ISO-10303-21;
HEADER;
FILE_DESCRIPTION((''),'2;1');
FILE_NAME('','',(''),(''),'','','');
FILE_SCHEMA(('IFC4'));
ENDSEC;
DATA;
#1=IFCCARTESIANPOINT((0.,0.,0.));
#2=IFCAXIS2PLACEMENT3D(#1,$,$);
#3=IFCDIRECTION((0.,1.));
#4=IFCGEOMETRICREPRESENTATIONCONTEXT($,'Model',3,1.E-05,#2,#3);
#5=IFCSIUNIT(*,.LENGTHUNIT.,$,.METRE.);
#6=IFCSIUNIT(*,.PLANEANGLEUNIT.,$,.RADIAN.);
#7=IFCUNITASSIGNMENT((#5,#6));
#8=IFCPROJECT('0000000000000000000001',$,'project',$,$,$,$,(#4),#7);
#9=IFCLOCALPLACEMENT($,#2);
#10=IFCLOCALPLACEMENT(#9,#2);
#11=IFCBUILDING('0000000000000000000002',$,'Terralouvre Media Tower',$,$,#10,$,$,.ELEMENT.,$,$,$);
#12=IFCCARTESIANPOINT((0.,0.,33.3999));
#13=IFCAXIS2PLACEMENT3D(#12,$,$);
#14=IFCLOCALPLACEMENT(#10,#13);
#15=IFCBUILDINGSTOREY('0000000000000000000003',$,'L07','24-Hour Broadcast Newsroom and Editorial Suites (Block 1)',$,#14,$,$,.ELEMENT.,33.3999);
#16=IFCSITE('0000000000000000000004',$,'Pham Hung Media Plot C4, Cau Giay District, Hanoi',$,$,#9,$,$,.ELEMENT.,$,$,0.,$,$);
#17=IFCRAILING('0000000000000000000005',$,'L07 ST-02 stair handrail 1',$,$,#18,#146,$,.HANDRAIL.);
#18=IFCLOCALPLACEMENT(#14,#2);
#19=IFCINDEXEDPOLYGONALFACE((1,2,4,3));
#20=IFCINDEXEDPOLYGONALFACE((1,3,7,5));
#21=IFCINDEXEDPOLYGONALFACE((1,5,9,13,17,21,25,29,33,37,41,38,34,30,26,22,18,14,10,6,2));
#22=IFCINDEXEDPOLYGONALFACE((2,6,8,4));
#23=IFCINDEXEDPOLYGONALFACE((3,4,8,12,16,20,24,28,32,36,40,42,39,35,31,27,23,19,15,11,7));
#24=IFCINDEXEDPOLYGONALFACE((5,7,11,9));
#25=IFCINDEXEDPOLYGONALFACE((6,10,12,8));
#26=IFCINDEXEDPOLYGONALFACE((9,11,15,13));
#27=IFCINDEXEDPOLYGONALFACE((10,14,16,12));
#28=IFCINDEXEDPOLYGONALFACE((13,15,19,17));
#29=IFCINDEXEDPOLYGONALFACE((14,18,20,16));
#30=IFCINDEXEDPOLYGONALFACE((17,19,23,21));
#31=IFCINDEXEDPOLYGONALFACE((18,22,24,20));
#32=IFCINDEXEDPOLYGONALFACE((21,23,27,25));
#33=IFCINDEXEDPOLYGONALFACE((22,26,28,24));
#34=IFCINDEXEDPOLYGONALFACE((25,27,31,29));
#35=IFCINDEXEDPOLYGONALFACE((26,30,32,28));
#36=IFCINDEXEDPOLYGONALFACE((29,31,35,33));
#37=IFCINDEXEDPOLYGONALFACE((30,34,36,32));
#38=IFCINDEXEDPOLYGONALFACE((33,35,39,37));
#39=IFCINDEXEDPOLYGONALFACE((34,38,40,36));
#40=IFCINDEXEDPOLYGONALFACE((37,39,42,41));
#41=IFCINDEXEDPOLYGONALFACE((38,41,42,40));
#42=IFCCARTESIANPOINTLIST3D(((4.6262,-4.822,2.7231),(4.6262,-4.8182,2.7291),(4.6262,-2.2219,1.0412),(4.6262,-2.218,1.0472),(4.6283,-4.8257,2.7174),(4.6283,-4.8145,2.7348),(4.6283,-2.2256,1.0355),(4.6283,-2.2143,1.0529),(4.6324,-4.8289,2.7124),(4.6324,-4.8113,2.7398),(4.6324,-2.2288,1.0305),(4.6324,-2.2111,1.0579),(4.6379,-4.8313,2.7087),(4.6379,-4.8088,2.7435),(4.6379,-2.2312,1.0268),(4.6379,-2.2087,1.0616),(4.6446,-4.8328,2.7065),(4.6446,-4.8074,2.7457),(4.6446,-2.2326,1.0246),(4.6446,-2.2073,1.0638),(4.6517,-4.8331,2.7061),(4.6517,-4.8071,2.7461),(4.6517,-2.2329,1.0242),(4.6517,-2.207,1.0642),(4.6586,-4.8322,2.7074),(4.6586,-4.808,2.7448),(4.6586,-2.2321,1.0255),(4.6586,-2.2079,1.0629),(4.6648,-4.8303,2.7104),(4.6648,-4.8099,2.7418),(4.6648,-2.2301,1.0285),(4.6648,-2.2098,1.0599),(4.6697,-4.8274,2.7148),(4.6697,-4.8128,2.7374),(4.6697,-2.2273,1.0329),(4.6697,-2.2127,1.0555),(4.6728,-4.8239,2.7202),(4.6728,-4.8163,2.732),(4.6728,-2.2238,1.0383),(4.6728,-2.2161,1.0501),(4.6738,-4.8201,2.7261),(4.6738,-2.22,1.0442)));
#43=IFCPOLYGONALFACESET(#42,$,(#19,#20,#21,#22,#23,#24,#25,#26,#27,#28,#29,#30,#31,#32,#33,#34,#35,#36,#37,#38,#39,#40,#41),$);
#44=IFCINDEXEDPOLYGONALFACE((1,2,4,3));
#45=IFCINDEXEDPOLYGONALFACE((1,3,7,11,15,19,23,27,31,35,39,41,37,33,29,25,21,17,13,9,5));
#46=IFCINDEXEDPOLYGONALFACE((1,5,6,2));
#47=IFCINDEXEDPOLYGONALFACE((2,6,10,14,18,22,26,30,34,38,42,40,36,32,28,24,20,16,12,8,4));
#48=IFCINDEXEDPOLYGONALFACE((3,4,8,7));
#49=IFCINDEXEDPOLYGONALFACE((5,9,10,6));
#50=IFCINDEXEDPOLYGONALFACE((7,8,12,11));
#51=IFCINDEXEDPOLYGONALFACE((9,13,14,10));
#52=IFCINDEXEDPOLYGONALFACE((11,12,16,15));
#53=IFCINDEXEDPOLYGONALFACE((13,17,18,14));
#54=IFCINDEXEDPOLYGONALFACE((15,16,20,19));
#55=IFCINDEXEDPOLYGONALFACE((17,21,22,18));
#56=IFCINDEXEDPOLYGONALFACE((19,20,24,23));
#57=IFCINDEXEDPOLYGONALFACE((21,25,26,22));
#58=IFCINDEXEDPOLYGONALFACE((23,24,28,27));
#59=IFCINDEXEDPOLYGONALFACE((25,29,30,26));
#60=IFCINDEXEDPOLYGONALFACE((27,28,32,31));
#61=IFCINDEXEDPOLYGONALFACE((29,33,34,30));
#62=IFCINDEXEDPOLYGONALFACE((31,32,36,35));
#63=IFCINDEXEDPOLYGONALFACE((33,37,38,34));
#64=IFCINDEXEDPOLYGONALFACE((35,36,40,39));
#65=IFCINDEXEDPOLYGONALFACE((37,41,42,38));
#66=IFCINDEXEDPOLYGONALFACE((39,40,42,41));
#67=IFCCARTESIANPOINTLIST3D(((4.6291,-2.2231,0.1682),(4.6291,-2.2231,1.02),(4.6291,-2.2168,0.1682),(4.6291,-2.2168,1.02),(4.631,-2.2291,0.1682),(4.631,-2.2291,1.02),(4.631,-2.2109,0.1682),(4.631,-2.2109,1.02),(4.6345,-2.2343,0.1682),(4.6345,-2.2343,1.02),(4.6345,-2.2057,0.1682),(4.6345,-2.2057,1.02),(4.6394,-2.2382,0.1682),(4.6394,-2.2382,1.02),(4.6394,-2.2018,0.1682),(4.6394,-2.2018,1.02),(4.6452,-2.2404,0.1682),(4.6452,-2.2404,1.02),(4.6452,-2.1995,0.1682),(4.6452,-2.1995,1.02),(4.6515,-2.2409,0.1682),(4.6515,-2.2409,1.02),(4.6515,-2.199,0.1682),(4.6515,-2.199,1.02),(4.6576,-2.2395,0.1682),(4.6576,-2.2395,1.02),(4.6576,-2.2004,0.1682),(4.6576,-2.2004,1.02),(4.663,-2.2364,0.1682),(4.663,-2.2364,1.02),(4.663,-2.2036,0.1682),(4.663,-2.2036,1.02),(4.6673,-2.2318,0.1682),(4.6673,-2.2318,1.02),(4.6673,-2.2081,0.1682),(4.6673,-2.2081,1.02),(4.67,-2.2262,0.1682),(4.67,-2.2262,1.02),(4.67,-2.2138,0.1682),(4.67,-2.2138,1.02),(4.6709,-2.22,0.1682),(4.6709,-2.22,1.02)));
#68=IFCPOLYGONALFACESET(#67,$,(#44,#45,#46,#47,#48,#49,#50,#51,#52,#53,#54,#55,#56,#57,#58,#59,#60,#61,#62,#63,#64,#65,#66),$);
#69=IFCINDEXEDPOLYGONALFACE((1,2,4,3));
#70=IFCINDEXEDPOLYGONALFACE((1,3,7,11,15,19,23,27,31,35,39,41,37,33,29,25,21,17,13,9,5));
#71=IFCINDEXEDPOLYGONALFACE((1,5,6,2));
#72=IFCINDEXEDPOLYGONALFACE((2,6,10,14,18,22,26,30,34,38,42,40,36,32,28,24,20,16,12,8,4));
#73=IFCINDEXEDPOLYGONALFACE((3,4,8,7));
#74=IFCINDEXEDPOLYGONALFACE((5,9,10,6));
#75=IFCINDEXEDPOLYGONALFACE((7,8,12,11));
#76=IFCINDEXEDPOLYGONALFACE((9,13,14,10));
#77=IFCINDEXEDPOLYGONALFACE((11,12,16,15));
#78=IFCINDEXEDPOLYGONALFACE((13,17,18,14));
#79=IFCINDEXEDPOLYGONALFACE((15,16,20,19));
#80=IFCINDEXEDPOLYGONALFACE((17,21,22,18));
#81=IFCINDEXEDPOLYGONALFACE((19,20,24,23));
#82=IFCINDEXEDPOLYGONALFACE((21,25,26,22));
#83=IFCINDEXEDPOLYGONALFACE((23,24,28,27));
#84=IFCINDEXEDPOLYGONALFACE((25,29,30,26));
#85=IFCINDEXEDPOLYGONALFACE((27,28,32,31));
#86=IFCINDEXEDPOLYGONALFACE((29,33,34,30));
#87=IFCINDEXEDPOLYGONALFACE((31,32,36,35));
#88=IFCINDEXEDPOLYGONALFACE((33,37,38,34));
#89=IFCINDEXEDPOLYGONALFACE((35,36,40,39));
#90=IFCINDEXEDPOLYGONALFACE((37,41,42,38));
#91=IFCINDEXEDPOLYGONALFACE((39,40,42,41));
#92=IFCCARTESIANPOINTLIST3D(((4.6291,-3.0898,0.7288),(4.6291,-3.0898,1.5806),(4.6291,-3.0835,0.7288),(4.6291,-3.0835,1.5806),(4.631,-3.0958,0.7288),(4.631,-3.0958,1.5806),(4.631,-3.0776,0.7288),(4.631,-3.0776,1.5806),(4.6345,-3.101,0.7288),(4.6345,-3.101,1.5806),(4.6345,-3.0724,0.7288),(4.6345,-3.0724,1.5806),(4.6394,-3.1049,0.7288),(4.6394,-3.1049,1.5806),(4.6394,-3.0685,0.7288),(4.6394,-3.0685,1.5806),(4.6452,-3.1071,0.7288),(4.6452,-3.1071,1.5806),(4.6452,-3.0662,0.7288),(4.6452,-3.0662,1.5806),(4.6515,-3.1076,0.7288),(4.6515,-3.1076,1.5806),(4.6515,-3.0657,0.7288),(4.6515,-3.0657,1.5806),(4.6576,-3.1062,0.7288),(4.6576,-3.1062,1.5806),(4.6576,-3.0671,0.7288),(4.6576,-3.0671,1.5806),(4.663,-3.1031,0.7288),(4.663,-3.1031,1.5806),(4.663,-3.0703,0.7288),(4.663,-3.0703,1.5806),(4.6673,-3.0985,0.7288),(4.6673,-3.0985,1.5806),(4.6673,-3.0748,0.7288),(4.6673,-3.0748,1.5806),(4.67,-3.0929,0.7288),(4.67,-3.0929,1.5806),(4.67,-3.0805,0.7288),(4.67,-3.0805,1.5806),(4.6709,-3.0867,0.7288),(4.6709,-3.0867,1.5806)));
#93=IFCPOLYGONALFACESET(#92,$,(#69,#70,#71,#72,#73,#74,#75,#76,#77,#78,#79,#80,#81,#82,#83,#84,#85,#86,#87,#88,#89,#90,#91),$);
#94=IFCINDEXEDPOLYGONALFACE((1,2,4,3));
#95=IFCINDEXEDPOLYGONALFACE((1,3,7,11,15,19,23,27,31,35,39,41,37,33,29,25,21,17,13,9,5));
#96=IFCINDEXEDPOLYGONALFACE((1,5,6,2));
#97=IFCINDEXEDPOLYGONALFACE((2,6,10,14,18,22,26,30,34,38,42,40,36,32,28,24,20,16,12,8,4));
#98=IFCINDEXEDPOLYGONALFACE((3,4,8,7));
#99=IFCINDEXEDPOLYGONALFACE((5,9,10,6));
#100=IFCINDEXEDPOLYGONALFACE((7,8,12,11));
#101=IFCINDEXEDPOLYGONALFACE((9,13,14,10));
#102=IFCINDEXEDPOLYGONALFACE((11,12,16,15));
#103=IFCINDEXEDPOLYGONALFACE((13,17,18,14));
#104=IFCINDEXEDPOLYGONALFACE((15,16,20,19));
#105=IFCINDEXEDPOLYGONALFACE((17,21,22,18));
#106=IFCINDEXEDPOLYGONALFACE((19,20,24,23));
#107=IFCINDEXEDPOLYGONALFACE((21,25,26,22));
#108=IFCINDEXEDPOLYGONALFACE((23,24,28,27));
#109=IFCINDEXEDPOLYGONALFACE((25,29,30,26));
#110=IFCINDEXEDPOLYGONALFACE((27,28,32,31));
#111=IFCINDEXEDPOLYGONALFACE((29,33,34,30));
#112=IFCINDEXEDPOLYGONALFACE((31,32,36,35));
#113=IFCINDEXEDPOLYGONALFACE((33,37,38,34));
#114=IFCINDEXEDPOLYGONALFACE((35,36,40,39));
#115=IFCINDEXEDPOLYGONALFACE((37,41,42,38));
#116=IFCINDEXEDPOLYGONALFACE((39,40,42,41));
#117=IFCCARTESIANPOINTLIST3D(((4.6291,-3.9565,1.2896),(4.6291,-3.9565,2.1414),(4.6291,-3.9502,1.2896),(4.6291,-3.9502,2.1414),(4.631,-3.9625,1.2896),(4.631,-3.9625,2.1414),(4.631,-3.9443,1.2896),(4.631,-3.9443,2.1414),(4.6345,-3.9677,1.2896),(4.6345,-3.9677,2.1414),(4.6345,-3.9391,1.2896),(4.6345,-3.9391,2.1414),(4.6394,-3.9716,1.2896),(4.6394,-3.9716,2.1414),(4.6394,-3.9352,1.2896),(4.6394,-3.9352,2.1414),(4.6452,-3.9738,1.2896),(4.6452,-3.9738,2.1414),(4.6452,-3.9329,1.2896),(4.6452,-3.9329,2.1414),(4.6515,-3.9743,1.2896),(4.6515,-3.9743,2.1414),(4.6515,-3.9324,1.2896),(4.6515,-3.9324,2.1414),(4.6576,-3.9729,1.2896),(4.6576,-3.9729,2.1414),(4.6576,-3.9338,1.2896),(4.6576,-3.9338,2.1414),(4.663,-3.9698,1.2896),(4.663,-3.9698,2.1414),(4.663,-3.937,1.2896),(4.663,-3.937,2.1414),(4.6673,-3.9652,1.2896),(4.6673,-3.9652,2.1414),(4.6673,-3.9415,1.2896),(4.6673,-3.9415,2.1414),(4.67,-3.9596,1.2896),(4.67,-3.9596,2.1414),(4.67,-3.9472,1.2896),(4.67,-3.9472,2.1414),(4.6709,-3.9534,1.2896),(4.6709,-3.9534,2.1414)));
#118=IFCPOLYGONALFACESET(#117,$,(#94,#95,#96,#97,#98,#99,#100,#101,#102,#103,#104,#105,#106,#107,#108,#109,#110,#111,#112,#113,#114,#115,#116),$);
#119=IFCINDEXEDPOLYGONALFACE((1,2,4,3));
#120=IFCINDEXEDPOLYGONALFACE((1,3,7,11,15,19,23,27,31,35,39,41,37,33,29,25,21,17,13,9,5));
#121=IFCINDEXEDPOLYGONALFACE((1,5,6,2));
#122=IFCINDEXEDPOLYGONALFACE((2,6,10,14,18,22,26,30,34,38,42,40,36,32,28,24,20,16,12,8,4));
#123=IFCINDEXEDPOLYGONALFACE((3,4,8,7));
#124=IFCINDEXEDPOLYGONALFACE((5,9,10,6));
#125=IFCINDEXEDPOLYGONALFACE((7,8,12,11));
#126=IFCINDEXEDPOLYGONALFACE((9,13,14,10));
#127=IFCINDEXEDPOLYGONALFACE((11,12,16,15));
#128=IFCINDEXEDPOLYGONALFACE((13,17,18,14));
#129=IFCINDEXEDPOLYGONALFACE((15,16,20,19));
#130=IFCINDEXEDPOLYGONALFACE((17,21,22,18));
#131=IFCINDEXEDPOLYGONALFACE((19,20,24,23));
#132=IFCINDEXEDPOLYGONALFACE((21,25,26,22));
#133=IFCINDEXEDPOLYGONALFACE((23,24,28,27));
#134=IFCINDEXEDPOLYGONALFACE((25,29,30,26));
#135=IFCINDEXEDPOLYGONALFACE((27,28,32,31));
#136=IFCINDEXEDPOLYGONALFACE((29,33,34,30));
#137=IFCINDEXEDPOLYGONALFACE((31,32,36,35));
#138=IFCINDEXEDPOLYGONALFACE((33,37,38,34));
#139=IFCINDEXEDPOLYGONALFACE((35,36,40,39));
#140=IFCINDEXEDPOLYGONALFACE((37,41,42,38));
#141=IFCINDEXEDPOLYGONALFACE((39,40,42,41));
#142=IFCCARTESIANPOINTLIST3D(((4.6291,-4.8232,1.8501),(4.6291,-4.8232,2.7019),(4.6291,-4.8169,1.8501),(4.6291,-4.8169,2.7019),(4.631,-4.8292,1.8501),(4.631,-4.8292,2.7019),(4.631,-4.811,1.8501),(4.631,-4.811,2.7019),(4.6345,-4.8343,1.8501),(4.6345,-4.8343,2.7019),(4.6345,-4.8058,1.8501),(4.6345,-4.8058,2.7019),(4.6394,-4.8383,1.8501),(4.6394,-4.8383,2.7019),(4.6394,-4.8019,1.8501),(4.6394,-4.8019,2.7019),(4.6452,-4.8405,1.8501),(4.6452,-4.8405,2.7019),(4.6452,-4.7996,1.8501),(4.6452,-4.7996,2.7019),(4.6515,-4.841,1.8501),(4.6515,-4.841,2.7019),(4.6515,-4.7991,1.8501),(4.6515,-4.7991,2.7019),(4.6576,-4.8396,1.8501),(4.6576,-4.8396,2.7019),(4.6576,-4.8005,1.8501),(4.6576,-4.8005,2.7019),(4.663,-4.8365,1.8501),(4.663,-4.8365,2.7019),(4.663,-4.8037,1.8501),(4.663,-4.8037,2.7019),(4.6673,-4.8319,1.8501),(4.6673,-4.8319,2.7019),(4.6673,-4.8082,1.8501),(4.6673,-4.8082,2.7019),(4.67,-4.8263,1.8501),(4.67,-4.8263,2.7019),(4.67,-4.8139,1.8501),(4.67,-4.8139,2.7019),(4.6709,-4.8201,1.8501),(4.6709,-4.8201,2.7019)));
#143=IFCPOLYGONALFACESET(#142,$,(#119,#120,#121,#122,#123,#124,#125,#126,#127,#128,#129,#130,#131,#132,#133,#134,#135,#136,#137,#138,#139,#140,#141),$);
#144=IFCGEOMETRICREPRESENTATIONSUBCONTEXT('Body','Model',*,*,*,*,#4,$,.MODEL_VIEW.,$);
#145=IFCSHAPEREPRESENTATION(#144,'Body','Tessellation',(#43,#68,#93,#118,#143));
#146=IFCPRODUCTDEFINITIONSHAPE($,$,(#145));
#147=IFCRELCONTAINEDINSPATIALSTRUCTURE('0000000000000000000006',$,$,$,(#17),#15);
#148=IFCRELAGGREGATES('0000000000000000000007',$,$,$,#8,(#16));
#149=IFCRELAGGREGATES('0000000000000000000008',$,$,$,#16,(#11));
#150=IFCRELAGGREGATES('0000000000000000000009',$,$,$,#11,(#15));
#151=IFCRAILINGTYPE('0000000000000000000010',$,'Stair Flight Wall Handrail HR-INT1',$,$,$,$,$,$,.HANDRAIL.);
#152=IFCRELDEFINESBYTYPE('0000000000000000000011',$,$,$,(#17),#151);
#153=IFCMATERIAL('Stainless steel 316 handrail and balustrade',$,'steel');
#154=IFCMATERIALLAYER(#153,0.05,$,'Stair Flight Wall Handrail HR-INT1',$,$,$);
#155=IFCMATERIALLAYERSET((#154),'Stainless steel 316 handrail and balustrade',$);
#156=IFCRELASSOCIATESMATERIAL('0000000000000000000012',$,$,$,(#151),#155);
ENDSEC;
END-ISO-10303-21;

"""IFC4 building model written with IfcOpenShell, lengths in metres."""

from ifc_helpers import new_model, si_unit, direction, frame, origin, origin_2d, place, context, subcontext, project, spatial, circle, extrude, material, layer, layer_set, type_object, element, save


model = new_model("IFC4")

# Units and contexts
model_context = context("Model", 3, precision=1e-05, world=origin(), true_north=direction((0.0, 1.0)))
body_context = subcontext(model_context, "Body", "Model", "MODEL_VIEW")
ifc_project = project(units=[si_unit("LENGTHUNIT", "METRE"), si_unit("PLANEANGLEUNIT", "RADIAN")], contexts=[model_context])

# Site, building, storey
site_placement = place(None, origin())
site = spatial("IfcSite", under=ifc_project, at=site_placement, Name="Pham Hung Media Plot C4, Cau Giay District, Hanoi", CompositionType="ELEMENT", RefElevation=0.0)
building_placement = place(site_placement, origin())
building = spatial("IfcBuilding", under=site, at=building_placement, Name="Terralouvre Media Tower", CompositionType="ELEMENT")
storey_placement = place(building_placement, frame((0.0, 0.0, 33.3999)))
storey = spatial("IfcBuildingStorey", under=building, at=storey_placement, Name="L07", Description="24-Hour Broadcast Newsroom and Editorial Suites (Block 1)", CompositionType="ELEMENT", Elevation=33.3999)

# Railing
ifc_material_1 = material(Name="Stainless steel 316 handrail and balustrade", Category="steel")
ifc_layer_1 = layer(ifc_material_1, 0.05, Name="Stair Flight Wall Handrail HR-INT1")
ifc_layer_set_1 = layer_set([ifc_layer_1], Name="Stainless steel 316 handrail and balustrade")
railing_type_1 = type_object("IfcRailingType", Name="Stair Flight Wall Handrail HR-INT1", PredefinedType="HANDRAIL", material=ifc_layer_set_1)
railing_1_placement = place(storey_placement, frame((4.6499, -2.22, 0.1682)))
element("IfcRailing", 1, at=railing_1_placement, inside=storey, type_object=railing_type_1, Name="L07 ST-02 stair handrail 1", PredefinedType="HANDRAIL", context=body_context, shape_type="SweptSolid", body=[
    extrude(circle(Radius=0.0239, at=origin_2d()), frame((0.0, 0.0, 0.876), z_axis=(0.0, -0.839648, 0.54313), x_axis=(1.0, 0.0, 0.0)), (0.0, 0.0, 1.0), 3.0967),
    extrude(circle(Radius=0.021, at=origin_2d()), origin(), (0.0, 0.0, 1.0), 0.8518),
    extrude(circle(Radius=0.021, at=origin_2d()), frame((0.0, -0.8667, 0.5605)), (0.0, 0.0, 1.0), 0.8518),
    extrude(circle(Radius=0.021, at=origin_2d()), frame((0.0, -1.7334, 1.1213)), (0.0, 0.0, 1.0), 0.8518),
    extrude(circle(Radius=0.021, at=origin_2d()), frame((0.0, -2.6001, 1.6819)), (0.0, 0.0, 1.0), 0.8518),
])

save(model, "model.ifc")
